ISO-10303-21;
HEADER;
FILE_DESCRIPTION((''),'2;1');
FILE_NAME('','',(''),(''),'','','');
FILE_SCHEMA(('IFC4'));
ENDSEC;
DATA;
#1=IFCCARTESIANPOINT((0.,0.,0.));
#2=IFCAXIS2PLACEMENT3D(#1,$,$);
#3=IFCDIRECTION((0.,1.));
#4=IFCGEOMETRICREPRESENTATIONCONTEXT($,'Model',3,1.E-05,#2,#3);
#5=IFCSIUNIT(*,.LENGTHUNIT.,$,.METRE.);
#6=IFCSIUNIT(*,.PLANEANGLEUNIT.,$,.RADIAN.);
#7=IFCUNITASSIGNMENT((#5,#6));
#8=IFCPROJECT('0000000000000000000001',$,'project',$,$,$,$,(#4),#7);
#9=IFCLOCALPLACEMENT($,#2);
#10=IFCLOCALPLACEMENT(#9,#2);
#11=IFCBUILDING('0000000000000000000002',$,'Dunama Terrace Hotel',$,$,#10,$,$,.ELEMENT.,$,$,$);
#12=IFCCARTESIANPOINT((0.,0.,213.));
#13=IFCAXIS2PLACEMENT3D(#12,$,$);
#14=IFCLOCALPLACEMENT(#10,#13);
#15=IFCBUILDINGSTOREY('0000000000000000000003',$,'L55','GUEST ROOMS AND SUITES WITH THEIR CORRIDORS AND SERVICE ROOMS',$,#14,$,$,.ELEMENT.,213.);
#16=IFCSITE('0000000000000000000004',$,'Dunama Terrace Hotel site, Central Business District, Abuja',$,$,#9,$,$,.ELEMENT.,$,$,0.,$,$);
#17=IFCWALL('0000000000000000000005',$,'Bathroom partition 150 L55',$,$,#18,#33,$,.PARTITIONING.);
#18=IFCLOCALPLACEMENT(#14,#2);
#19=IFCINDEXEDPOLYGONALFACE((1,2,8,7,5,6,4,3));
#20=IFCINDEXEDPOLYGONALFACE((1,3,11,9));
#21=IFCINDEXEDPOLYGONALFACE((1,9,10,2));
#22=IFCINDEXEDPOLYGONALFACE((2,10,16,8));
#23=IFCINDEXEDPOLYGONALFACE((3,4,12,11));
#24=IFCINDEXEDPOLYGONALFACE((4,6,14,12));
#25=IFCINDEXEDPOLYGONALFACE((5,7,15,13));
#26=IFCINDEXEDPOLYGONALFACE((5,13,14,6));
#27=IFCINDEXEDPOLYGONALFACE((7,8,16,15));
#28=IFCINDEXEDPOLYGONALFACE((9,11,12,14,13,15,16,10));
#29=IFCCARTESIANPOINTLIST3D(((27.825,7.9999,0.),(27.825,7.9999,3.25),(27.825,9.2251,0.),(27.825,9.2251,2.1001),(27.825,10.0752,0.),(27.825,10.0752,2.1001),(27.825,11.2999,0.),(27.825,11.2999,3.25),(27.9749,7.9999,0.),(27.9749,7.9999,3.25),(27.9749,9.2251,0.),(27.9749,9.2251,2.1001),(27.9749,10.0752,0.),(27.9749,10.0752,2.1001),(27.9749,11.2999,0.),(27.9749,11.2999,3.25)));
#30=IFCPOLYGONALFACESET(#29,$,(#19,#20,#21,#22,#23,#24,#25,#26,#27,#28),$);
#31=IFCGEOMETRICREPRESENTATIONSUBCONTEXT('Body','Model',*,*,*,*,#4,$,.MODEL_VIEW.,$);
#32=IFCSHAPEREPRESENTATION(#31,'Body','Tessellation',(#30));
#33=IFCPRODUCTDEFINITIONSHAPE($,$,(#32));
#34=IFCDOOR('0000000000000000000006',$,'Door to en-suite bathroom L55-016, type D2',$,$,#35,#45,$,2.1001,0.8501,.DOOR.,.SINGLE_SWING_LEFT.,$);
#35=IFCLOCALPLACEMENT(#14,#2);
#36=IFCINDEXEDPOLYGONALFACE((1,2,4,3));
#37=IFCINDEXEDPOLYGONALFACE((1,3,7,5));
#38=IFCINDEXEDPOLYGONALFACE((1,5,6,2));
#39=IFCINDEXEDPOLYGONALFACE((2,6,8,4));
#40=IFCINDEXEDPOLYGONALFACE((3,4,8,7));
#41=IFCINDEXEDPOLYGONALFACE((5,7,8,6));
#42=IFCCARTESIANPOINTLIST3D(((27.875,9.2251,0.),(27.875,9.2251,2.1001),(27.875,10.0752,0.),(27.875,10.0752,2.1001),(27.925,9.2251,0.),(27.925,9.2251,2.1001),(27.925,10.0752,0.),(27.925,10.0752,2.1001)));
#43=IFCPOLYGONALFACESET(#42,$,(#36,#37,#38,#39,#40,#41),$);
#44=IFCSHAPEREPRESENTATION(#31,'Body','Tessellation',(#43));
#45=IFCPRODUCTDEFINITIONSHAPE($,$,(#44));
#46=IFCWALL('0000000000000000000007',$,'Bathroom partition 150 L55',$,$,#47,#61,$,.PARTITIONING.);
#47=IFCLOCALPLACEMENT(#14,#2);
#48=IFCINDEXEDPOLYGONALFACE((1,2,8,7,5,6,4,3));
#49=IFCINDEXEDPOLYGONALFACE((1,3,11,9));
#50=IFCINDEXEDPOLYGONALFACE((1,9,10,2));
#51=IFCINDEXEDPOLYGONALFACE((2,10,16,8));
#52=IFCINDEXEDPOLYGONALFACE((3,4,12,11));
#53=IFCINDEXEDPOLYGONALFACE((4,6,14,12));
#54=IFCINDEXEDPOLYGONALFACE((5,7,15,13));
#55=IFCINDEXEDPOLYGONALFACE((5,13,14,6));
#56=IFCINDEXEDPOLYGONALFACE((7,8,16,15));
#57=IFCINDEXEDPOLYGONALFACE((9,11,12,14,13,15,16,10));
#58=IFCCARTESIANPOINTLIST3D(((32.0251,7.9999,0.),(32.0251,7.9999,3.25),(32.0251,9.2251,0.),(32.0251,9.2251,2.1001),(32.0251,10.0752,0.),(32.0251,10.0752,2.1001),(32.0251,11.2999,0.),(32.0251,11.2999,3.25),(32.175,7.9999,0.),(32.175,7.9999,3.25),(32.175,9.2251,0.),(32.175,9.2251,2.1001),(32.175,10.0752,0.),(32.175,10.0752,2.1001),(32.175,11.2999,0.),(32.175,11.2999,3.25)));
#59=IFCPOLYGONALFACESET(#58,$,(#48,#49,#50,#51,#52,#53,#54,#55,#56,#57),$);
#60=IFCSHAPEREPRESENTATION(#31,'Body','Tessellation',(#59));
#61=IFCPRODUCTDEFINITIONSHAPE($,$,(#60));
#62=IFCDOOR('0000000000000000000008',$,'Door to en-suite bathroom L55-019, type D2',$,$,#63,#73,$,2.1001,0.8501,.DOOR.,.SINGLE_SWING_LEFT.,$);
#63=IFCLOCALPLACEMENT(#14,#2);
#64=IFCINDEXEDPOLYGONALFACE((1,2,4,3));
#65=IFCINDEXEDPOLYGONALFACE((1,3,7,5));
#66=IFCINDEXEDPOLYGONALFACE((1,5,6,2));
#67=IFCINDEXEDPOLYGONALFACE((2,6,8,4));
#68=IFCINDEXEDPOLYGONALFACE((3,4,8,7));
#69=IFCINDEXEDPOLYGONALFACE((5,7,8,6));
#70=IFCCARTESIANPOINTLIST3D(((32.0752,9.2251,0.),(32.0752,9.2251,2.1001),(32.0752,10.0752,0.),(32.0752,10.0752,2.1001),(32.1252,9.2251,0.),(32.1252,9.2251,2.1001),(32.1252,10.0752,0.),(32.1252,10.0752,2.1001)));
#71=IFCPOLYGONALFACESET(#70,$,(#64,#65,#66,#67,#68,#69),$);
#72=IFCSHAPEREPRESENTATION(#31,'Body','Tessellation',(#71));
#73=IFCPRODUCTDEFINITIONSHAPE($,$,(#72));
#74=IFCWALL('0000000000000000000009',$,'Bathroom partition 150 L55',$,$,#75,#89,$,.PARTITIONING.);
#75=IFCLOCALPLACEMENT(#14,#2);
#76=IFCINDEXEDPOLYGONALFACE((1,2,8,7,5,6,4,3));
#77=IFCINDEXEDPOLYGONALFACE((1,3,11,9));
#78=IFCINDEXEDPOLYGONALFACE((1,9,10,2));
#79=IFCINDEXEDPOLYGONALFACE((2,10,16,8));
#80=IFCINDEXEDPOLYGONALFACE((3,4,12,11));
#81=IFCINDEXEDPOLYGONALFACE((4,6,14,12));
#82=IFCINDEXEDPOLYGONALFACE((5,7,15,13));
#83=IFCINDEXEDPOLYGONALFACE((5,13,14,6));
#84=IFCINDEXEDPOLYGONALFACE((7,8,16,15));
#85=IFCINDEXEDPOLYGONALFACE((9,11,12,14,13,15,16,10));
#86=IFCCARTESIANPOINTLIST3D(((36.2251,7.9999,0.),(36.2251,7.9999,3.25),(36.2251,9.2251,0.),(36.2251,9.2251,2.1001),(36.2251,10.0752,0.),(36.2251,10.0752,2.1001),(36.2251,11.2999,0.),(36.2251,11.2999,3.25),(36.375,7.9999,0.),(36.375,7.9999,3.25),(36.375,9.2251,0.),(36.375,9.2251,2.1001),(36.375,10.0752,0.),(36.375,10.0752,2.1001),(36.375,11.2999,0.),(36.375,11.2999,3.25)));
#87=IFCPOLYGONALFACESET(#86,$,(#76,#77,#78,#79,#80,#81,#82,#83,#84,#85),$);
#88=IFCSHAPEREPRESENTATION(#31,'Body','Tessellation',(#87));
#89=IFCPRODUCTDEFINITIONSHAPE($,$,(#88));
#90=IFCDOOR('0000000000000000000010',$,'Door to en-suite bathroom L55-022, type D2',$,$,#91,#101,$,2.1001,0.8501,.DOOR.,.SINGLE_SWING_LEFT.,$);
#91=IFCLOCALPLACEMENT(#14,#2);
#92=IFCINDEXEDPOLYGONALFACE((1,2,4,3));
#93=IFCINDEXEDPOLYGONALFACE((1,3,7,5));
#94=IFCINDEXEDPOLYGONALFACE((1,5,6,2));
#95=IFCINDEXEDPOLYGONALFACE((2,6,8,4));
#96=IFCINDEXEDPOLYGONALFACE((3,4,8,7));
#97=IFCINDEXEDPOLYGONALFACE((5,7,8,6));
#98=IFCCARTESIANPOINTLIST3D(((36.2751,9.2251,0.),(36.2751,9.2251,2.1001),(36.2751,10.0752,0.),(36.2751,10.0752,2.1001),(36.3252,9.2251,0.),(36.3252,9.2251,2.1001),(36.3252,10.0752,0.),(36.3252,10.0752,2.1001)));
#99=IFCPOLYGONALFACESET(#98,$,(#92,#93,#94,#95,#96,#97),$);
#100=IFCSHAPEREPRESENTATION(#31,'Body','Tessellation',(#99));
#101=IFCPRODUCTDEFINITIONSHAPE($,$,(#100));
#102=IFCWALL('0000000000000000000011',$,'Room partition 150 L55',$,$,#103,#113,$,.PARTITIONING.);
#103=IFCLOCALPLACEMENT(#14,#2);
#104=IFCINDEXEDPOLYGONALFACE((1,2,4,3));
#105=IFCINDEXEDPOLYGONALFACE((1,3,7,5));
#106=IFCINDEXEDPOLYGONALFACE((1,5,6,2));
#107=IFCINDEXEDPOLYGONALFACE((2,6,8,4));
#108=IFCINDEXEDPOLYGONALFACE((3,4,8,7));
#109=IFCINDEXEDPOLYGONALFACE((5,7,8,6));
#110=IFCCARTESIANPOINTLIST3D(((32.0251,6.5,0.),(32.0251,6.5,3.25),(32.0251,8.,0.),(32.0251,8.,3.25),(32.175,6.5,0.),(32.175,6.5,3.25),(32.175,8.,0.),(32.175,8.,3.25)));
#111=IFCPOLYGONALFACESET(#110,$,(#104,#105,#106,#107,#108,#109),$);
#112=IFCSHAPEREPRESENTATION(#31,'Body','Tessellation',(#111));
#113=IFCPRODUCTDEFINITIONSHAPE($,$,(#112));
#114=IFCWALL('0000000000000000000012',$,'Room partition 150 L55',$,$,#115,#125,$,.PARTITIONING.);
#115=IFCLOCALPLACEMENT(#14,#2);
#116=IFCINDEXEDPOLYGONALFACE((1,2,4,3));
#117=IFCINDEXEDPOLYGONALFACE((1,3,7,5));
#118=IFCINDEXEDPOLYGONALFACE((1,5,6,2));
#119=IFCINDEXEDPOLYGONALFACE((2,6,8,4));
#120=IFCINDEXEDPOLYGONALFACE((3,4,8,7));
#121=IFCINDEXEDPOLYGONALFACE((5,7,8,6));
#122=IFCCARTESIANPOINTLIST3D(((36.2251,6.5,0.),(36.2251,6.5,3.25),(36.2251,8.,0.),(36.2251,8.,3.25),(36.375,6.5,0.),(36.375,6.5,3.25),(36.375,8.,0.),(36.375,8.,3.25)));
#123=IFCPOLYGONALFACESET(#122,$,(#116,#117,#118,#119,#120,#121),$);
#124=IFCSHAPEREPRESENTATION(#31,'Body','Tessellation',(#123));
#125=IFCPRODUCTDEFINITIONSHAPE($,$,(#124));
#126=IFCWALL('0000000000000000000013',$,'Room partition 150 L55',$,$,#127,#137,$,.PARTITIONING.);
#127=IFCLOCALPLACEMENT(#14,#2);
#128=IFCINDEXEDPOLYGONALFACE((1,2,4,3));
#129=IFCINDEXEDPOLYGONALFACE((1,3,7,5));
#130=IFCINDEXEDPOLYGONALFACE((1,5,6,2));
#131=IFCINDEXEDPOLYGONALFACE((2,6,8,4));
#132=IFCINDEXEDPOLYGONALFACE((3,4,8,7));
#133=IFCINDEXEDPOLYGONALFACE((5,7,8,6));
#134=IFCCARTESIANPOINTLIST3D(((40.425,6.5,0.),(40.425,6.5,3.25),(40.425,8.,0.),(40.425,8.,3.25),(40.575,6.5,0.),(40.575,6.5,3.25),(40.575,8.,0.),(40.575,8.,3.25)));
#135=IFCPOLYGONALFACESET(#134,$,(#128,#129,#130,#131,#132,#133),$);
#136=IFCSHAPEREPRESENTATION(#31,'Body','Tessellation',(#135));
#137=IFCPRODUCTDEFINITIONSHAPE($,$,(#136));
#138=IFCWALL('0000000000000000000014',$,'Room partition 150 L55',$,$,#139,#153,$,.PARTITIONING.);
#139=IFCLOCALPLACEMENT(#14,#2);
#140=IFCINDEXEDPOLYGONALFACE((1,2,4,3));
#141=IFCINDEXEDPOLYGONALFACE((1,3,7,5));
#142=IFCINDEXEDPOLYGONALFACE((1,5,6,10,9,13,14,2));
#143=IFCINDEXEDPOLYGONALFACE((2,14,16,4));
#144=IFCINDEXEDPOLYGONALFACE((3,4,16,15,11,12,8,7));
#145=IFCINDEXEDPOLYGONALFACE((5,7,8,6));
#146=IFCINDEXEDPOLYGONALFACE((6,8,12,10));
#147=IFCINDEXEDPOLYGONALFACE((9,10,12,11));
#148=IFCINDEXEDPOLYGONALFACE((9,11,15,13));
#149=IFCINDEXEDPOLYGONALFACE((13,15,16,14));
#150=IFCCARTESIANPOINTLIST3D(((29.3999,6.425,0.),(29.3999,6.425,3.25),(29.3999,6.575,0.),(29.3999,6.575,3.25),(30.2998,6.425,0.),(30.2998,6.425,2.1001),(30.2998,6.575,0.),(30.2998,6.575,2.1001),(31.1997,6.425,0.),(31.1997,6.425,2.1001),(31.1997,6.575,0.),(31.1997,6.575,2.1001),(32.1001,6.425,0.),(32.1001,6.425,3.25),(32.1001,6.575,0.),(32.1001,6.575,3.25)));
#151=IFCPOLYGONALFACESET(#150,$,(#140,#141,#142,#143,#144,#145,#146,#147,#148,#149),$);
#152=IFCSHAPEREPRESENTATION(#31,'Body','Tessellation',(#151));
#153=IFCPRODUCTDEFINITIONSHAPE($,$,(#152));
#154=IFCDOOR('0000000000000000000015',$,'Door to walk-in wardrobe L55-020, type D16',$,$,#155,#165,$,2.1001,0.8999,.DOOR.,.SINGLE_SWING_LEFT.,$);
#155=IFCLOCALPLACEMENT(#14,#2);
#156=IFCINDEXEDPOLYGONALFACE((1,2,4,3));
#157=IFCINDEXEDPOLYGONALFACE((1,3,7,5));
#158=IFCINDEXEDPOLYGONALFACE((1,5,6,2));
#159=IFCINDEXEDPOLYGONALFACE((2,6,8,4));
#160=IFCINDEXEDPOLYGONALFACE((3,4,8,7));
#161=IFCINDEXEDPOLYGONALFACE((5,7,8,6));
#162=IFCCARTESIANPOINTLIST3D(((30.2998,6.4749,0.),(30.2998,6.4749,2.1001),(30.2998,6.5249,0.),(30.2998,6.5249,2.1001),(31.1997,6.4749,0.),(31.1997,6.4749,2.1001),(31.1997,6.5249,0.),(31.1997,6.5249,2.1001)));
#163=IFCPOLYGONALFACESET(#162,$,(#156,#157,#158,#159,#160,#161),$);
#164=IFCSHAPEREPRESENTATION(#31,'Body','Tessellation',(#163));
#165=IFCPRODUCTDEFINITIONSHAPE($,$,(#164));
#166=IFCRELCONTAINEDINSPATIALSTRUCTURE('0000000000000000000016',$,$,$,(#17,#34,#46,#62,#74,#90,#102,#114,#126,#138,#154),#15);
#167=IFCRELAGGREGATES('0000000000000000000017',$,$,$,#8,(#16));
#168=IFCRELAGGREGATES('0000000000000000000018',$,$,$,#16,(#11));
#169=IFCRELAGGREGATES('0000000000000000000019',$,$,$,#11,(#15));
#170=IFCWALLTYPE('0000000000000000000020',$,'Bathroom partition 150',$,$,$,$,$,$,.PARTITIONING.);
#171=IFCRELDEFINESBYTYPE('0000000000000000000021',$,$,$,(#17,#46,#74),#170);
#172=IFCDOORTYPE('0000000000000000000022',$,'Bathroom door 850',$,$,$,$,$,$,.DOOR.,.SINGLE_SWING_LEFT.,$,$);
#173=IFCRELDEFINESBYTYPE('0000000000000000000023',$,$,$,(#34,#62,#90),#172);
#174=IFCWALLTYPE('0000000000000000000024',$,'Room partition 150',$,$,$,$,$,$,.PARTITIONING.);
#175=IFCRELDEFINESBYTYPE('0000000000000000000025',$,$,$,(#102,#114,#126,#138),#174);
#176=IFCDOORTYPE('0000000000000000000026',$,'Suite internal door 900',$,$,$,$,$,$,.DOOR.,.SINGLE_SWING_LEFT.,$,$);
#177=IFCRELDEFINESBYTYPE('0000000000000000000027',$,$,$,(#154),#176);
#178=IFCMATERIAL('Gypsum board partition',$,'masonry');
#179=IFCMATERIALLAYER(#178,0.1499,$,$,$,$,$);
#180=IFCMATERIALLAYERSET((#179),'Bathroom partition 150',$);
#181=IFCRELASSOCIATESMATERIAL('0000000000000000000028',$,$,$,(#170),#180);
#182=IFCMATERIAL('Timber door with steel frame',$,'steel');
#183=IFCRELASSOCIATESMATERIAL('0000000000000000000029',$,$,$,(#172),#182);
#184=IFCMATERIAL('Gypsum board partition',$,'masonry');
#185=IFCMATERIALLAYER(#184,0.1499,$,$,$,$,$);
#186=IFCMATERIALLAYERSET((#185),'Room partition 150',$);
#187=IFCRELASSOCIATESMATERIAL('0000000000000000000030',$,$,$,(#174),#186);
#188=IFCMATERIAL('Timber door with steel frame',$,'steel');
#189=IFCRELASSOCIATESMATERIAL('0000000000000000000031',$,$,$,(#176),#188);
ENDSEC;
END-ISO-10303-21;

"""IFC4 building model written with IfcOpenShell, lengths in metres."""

from ifc_helpers import new_model, si_unit, direction, frame, frame_2d, origin, place, context, subcontext, project, spatial, rectangle, extrude, material, layer, layer_set, type_object, element, fill, save


model = new_model("IFC4")

# Units and contexts
model_context = context("Model", 3, precision=1e-05, world=origin(), true_north=direction((0.0, 1.0)))
body_context = subcontext(model_context, "Body", "Model", "MODEL_VIEW")
ifc_project = project(units=[si_unit("LENGTHUNIT", "METRE"), si_unit("PLANEANGLEUNIT", "RADIAN")], contexts=[model_context])

# Site, building, storey
site_placement = place(None, origin())
site = spatial("IfcSite", under=ifc_project, at=site_placement, Name="Dunama Terrace Hotel site, Central Business District, Abuja", CompositionType="ELEMENT", RefElevation=0.0)
building_placement = place(site_placement, origin())
building = spatial("IfcBuilding", under=site, at=building_placement, Name="Dunama Terrace Hotel", CompositionType="ELEMENT")
storey_placement = place(building_placement, frame((0.0, 0.0, 213.0)))
storey = spatial("IfcBuildingStorey", under=building, at=storey_placement, Name="L55", Description="GUEST ROOMS AND SUITES WITH THEIR CORRIDORS AND SERVICE ROOMS", CompositionType="ELEMENT", Elevation=213.0)

# Walls, openings, doors
ifc_material_1 = material(Name="Gypsum board partition", Category="masonry")
ifc_layer_1 = layer(ifc_material_1, 0.1499)
ifc_layer_set_1 = layer_set([ifc_layer_1], Name="Bathroom partition 150")
wall_type_1 = type_object("IfcWallType", Name="Bathroom partition 150", PredefinedType="PARTITIONING", material=ifc_layer_set_1)
wall_1_placement = place(storey_placement, frame((27.8999, 8.0, 0.0), z_axis=(0.0, 0.0, 1.0), x_axis=(0.0, 1.0, 0.0)))
wall_1 = element("IfcWall", 1, at=wall_1_placement, inside=storey, type_object=wall_type_1, Name="Bathroom partition 150 L55", PredefinedType="PARTITIONING", context=body_context, shape_type="SweptSolid", body=[
    extrude(rectangle(XDim=3.3, YDim=0.1499, at=frame_2d((1.6499, 0.0))), origin(), (0.0, 0.0, 1.0), 3.25),
])
opening_1_placement = place(wall_1_placement, frame((1.2251, 0.0, 0.0)))
opening_1 = element("IfcOpeningElement", 2, at=opening_1_placement, cuts=wall_1, PredefinedType="OPENING", context=body_context, shape_type="SweptSolid", body=[
    extrude(rectangle(XDim=0.8501, YDim=2.1001, at=frame_2d((0.425, 1.05))), frame((0.0, 0.085, 0.0), z_axis=(0.0, -1.0, 0.0), x_axis=(1.0, 0.0, 0.0)), (0.0, 0.0, 1.0), 0.1699),
])
ifc_material_2 = material(Name="Timber door with steel frame", Category="steel")
door_type_1 = type_object("IfcDoorType", Name="Bathroom door 850", OperationType="SINGLE_SWING_LEFT", PredefinedType="DOOR", material=ifc_material_2)
door_1_placement = place(opening_1_placement, origin())
door_1 = element("IfcDoor", 3, at=door_1_placement, inside=storey, type_object=door_type_1, Name="Door to en-suite bathroom L55-016, type D2", OperationType="SINGLE_SWING_LEFT", OverallHeight=2.1001, OverallWidth=0.8501, PredefinedType="DOOR", context=body_context, shape_type="SweptSolid", body=[
    extrude(rectangle(XDim=0.8501, YDim=2.1001, at=frame_2d((0.425, 1.05))), frame((0.0, 0.0249, 0.0), z_axis=(0.0, -1.0, 0.0), x_axis=(1.0, 0.0, 0.0)), (0.0, 0.0, 1.0), 0.05),
])
fill(opening_1, door_1)
wall_2_placement = place(storey_placement, frame((32.1001, 8.0, 0.0), z_axis=(0.0, 0.0, 1.0), x_axis=(0.0, 1.0, 0.0)))
wall_2 = element("IfcWall", 4, at=wall_2_placement, inside=storey, type_object=wall_type_1, Name="Bathroom partition 150 L55", PredefinedType="PARTITIONING", context=body_context, shape_type="SweptSolid", body=[
    extrude(rectangle(XDim=3.3, YDim=0.1499, at=frame_2d((1.6499, 0.0))), origin(), (0.0, 0.0, 1.0), 3.25),
])
opening_2_placement = place(wall_2_placement, frame((1.2251, 0.0, 0.0)))
opening_2 = element("IfcOpeningElement", 5, at=opening_2_placement, cuts=wall_2, PredefinedType="OPENING", context=body_context, shape_type="SweptSolid", body=[
    extrude(rectangle(XDim=0.8501, YDim=2.1001, at=frame_2d((0.425, 1.05))), frame((0.0, 0.085, 0.0), z_axis=(0.0, -1.0, 0.0), x_axis=(1.0, 0.0, 0.0)), (0.0, 0.0, 1.0), 0.1699),
])
door_2_placement = place(opening_2_placement, origin())
door_2 = element("IfcDoor", 6, at=door_2_placement, inside=storey, type_object=door_type_1, Name="Door to en-suite bathroom L55-019, type D2", OperationType="SINGLE_SWING_LEFT", OverallHeight=2.1001, OverallWidth=0.8501, PredefinedType="DOOR", context=body_context, shape_type="SweptSolid", body=[
    extrude(rectangle(XDim=0.8501, YDim=2.1001, at=frame_2d((0.425, 1.05))), frame((0.0, 0.0249, 0.0), z_axis=(0.0, -1.0, 0.0), x_axis=(1.0, 0.0, 0.0)), (0.0, 0.0, 1.0), 0.05),
])
fill(opening_2, door_2)
wall_3_placement = place(storey_placement, frame((36.3, 8.0, 0.0), z_axis=(0.0, 0.0, 1.0), x_axis=(0.0, 1.0, 0.0)))
wall_3 = element("IfcWall", 7, at=wall_3_placement, inside=storey, type_object=wall_type_1, Name="Bathroom partition 150 L55", PredefinedType="PARTITIONING", context=body_context, shape_type="SweptSolid", body=[
    extrude(rectangle(XDim=3.3, YDim=0.1499, at=frame_2d((1.6499, 0.0))), origin(), (0.0, 0.0, 1.0), 3.25),
])
opening_3_placement = place(wall_3_placement, frame((1.2251, 0.0, 0.0)))
opening_3 = element("IfcOpeningElement", 8, at=opening_3_placement, cuts=wall_3, PredefinedType="OPENING", context=body_context, shape_type="SweptSolid", body=[
    extrude(rectangle(XDim=0.8501, YDim=2.1001, at=frame_2d((0.425, 1.05))), frame((0.0, 0.085, 0.0), z_axis=(0.0, -1.0, 0.0), x_axis=(1.0, 0.0, 0.0)), (0.0, 0.0, 1.0), 0.1699),
])
door_3_placement = place(opening_3_placement, origin())
door_3 = element("IfcDoor", 9, at=door_3_placement, inside=storey, type_object=door_type_1, Name="Door to en-suite bathroom L55-022, type D2", OperationType="SINGLE_SWING_LEFT", OverallHeight=2.1001, OverallWidth=0.8501, PredefinedType="DOOR", context=body_context, shape_type="SweptSolid", body=[
    extrude(rectangle(XDim=0.8501, YDim=2.1001, at=frame_2d((0.425, 1.05))), frame((0.0, 0.0249, 0.0), z_axis=(0.0, -1.0, 0.0), x_axis=(1.0, 0.0, 0.0)), (0.0, 0.0, 1.0), 0.05),
])
fill(opening_3, door_3)

# Walls
ifc_material_3 = material(Name="Gypsum board partition", Category="masonry")
ifc_layer_2 = layer(ifc_material_3, 0.1499)
ifc_layer_set_2 = layer_set([ifc_layer_2], Name="Room partition 150")
wall_type_2 = type_object("IfcWallType", Name="Room partition 150", PredefinedType="PARTITIONING", material=ifc_layer_set_2)
for number, where, z_axis, x_axis, name in (
    (10, (32.1001, 6.5, 0.0), (0.0, 0.0, 1.0), (0.0, 1.0, 0.0), "Room partition 150 L55"),
    (11, (36.3, 6.5, 0.0), (0.0, 0.0, 1.0), (0.0, 1.0, 0.0), "Room partition 150 L55"),
    (12, (40.5, 6.5, 0.0), (0.0, 0.0, 1.0), (0.0, 1.0, 0.0), "Room partition 150 L55"),
):
    element("IfcWall", number, at=place(storey_placement, frame(where, z_axis=z_axis, x_axis=x_axis)), inside=storey, type_object=wall_type_2, Name=name, PredefinedType="PARTITIONING", context=body_context, shape_type="SweptSolid", body=[
        extrude(rectangle(XDim=1.5, YDim=0.1499, at=frame_2d((0.75, 0.0))), origin(), (0.0, 0.0, 1.0), 3.25),
    ])

# Wall, opening, door
wall_4_placement = place(storey_placement, frame((29.3999, 6.5, 0.0), z_axis=(0.0, 0.0, 1.0), x_axis=(1.0, 0.0, 0.0)))
wall_4 = element("IfcWall", 13, at=wall_4_placement, inside=storey, type_object=wall_type_2, Name="Room partition 150 L55", PredefinedType="PARTITIONING", context=body_context, shape_type="SweptSolid", body=[
    extrude(rectangle(XDim=2.7002, YDim=0.1499, at=frame_2d((1.3501, 0.0))), origin(), (0.0, 0.0, 1.0), 3.25),
])
opening_4_placement = place(wall_4_placement, frame((0.8999, 0.0, 0.0)))
opening_4 = element("IfcOpeningElement", 14, at=opening_4_placement, cuts=wall_4, PredefinedType="OPENING", context=body_context, shape_type="SweptSolid", body=[
    extrude(rectangle(XDim=0.8999, YDim=2.1001, at=frame_2d((0.45, 1.05))), frame((0.0, 0.085, 0.0), z_axis=(0.0, -1.0, 0.0), x_axis=(1.0, 0.0, 0.0)), (0.0, 0.0, 1.0), 0.1699),
])
ifc_material_4 = material(Name="Timber door with steel frame", Category="steel")
door_type_2 = type_object("IfcDoorType", Name="Suite internal door 900", OperationType="SINGLE_SWING_LEFT", PredefinedType="DOOR", material=ifc_material_4)
door_4_placement = place(opening_4_placement, origin())
door_4 = element("IfcDoor", 15, at=door_4_placement, inside=storey, type_object=door_type_2, Name="Door to walk-in wardrobe L55-020, type D16", OperationType="SINGLE_SWING_LEFT", OverallHeight=2.1001, OverallWidth=0.8999, PredefinedType="DOOR", context=body_context, shape_type="SweptSolid", body=[
    extrude(rectangle(XDim=0.8999, YDim=2.1001, at=frame_2d((0.45, 1.05))), frame((0.0, 0.0249, 0.0), z_axis=(0.0, -1.0, 0.0), x_axis=(1.0, 0.0, 0.0)), (0.0, 0.0, 1.0), 0.05),
])
fill(opening_4, door_4)

save(model, "model.ifc")
